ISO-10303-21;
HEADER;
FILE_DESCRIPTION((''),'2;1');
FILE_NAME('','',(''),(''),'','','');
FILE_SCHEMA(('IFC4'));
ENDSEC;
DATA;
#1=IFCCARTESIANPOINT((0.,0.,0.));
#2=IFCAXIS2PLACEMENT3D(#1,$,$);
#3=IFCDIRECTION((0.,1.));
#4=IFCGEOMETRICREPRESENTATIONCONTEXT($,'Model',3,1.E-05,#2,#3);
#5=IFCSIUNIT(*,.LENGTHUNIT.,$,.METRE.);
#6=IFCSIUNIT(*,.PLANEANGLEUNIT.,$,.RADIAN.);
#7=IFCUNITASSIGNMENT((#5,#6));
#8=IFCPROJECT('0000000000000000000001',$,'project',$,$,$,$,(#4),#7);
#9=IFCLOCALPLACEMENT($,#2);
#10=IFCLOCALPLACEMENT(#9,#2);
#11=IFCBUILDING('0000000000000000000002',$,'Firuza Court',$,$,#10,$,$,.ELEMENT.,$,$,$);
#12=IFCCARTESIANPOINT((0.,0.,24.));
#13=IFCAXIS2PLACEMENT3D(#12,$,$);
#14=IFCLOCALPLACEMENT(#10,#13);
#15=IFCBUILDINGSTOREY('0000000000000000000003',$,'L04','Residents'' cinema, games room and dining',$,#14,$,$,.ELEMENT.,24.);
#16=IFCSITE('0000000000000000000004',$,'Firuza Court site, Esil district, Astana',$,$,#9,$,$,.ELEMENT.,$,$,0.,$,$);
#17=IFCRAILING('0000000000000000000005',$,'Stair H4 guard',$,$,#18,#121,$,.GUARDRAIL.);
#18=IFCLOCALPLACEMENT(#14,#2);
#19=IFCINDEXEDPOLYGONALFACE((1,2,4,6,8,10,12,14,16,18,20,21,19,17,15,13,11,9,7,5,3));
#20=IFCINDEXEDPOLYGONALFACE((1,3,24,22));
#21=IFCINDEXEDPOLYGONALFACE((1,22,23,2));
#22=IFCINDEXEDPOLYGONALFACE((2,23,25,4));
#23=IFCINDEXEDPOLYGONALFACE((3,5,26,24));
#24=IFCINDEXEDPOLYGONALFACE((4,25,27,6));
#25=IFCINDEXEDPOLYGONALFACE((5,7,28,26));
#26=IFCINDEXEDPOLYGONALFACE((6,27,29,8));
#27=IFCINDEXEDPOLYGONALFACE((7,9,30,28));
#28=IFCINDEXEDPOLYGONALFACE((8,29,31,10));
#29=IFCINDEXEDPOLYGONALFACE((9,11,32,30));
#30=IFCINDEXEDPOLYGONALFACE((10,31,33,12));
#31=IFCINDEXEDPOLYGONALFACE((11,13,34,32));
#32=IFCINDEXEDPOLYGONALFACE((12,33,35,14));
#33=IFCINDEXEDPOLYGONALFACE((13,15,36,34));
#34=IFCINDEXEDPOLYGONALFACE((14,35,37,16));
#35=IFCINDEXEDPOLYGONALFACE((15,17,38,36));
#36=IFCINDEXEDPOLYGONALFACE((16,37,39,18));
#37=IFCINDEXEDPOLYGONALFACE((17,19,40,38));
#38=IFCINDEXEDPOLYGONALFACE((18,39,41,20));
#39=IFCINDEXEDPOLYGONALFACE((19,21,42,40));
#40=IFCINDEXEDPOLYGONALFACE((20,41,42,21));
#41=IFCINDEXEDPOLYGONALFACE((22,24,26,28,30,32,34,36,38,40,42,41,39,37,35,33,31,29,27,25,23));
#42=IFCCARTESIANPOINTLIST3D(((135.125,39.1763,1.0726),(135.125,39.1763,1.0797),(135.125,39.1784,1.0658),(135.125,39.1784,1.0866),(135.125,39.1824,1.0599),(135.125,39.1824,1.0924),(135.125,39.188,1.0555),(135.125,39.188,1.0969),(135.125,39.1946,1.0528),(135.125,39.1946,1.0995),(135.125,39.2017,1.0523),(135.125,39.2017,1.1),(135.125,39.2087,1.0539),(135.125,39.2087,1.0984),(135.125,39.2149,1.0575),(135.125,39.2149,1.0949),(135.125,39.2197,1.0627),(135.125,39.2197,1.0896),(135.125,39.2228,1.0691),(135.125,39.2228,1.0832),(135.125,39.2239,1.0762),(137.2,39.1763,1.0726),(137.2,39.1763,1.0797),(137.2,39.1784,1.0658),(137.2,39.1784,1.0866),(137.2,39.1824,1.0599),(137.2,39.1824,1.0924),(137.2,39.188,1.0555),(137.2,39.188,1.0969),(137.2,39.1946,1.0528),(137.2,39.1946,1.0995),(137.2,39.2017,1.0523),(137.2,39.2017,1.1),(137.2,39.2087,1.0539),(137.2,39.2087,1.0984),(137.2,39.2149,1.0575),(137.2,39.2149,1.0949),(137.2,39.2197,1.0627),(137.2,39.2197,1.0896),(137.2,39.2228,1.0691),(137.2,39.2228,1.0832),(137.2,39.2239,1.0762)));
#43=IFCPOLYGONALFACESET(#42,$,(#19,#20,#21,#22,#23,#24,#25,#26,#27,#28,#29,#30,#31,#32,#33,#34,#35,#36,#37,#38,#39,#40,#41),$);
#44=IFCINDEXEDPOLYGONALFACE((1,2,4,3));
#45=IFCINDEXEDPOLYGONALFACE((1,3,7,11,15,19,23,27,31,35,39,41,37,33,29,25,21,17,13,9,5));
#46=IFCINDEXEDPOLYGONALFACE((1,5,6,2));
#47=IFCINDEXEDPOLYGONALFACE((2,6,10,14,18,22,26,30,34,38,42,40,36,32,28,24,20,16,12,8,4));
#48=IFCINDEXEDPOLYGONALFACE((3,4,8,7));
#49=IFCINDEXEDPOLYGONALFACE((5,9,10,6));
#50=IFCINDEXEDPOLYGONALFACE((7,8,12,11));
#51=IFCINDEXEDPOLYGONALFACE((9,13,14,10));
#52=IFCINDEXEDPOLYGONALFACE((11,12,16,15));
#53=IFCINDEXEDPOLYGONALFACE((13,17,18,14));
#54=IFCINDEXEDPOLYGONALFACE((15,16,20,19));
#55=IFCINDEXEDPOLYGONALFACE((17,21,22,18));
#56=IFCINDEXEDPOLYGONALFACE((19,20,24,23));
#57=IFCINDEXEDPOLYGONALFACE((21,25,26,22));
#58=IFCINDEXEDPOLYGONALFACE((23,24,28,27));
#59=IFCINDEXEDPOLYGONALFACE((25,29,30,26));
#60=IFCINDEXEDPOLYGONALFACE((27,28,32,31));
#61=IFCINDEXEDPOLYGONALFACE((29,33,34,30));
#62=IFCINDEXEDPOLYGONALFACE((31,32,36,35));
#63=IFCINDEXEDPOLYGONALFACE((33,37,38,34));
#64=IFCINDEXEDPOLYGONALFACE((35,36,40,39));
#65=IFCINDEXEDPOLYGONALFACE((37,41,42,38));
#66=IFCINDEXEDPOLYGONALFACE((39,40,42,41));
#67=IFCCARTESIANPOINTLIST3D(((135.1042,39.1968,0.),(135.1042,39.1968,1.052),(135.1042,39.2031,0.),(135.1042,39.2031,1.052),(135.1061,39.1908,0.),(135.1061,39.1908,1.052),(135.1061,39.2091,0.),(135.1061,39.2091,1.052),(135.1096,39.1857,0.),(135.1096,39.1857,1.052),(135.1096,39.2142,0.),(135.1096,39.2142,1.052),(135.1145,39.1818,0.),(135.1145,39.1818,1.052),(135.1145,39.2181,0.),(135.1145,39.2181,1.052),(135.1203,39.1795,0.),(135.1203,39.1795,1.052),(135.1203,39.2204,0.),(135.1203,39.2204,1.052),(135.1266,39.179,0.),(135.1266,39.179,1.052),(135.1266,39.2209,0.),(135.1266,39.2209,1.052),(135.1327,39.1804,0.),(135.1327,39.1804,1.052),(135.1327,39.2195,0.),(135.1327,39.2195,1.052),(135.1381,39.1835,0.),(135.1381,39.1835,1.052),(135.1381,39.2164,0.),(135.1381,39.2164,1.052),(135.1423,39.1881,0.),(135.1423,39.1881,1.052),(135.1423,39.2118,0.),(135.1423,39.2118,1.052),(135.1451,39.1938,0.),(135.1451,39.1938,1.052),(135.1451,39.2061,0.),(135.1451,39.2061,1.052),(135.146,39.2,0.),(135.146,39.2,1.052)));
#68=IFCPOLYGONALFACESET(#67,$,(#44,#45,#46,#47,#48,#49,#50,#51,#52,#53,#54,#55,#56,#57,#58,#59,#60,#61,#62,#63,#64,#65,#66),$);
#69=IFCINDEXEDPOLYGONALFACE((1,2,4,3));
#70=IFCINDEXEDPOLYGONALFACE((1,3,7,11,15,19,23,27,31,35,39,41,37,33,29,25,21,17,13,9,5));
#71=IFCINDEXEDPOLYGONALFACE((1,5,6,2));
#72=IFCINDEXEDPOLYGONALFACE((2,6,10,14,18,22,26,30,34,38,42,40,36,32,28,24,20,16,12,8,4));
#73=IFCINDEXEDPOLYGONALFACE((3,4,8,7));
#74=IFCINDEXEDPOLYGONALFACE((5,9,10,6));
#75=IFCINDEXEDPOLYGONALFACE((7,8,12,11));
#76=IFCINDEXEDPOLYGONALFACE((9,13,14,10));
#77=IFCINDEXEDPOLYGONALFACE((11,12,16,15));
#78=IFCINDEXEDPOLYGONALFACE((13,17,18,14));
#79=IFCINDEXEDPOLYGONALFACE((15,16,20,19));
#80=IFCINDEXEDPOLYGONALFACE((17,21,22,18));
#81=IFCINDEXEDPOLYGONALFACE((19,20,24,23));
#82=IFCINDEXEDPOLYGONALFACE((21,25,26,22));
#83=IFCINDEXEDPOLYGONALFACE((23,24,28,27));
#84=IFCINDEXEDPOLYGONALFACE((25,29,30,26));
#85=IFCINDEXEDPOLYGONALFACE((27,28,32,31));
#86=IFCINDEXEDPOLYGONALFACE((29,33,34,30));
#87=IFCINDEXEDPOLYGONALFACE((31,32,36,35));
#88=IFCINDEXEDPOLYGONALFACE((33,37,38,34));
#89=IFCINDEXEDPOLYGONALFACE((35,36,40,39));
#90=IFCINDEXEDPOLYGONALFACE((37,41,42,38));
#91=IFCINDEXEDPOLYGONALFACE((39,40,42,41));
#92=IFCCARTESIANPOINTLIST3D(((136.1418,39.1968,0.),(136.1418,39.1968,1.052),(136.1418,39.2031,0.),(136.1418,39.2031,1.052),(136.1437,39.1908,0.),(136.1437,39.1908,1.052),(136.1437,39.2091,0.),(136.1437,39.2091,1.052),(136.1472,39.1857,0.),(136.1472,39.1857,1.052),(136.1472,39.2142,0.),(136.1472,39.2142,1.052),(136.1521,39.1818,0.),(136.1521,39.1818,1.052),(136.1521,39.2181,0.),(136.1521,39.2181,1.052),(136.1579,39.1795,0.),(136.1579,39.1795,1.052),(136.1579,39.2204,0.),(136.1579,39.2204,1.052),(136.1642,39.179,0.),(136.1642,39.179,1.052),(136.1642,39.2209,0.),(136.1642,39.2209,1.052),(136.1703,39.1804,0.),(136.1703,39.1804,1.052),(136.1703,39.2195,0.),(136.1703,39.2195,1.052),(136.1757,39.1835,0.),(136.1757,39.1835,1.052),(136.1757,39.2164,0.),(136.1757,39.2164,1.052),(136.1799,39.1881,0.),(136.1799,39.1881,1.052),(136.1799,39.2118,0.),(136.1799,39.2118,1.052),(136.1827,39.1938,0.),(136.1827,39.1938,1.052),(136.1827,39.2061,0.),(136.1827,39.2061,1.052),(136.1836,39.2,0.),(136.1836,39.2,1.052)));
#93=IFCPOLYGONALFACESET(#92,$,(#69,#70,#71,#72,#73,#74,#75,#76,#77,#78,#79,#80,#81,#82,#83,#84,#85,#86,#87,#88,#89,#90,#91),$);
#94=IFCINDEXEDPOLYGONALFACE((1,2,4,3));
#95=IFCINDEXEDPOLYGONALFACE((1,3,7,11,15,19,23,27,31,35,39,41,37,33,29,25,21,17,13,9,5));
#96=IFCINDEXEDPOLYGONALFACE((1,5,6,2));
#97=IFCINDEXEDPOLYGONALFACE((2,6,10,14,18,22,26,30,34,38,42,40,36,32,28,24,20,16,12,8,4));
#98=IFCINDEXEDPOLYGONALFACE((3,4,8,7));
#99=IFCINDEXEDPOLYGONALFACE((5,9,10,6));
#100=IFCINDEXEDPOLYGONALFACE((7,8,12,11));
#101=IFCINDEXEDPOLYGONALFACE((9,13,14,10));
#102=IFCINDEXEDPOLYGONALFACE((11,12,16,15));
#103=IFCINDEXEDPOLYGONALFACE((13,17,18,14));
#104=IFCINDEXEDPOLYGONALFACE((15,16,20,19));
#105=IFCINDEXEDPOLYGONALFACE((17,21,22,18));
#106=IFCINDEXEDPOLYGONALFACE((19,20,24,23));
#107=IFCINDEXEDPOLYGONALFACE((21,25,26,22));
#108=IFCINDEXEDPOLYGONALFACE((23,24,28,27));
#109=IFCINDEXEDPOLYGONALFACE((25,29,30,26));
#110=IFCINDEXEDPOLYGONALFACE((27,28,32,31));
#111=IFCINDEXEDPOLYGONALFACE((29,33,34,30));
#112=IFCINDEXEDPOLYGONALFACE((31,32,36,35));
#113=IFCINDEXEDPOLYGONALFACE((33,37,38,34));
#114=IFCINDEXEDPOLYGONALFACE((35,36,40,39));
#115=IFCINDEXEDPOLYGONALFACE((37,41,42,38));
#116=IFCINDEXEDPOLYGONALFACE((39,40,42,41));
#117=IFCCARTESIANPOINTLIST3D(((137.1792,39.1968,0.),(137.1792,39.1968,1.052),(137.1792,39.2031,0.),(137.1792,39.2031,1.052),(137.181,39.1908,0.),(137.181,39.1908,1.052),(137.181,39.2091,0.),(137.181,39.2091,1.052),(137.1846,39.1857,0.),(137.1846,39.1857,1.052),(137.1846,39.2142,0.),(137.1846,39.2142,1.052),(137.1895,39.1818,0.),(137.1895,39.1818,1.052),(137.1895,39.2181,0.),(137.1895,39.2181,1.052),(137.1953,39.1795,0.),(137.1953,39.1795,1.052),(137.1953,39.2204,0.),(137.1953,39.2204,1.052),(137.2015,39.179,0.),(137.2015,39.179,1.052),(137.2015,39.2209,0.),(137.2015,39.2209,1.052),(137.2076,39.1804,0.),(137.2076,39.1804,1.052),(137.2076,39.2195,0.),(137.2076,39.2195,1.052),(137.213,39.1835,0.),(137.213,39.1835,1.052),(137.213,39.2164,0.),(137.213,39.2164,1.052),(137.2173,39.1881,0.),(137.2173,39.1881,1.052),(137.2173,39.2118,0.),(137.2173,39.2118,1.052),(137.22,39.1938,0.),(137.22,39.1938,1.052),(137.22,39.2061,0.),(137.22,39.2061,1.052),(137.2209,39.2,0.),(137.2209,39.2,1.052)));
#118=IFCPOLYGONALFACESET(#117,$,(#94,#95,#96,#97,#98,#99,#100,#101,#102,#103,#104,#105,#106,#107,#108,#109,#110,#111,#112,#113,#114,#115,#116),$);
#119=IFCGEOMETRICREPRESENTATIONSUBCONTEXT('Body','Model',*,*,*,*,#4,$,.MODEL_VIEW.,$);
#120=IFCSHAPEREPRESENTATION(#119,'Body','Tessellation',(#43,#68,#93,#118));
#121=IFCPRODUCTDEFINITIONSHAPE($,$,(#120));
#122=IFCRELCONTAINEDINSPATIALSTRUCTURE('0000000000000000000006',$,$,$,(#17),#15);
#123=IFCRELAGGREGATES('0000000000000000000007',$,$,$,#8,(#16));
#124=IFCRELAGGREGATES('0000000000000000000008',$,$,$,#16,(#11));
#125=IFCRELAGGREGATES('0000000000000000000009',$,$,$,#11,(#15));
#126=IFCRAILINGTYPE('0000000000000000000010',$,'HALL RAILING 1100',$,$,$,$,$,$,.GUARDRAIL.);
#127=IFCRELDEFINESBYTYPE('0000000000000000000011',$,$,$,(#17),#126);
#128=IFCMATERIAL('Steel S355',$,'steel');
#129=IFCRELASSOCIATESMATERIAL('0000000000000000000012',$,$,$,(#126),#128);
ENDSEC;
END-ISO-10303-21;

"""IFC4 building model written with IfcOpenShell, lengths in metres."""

from ifc_helpers import new_model, si_unit, direction, frame, origin, origin_2d, place, context, subcontext, project, spatial, circle, extrude, material, type_object, element, save


model = new_model("IFC4")

# Units and contexts
model_context = context("Model", 3, precision=1e-05, world=origin(), true_north=direction((0.0, 1.0)))
body_context = subcontext(model_context, "Body", "Model", "MODEL_VIEW")
ifc_project = project(units=[si_unit("LENGTHUNIT", "METRE"), si_unit("PLANEANGLEUNIT", "RADIAN")], contexts=[model_context])

# Site, building, storey
site_placement = place(None, origin())
site = spatial("IfcSite", under=ifc_project, at=site_placement, Name="Firuza Court site, Esil district, Astana", CompositionType="ELEMENT", RefElevation=0.0)
building_placement = place(site_placement, origin())
building = spatial("IfcBuilding", under=site, at=building_placement, Name="Firuza Court", CompositionType="ELEMENT")
storey_placement = place(building_placement, frame((0.0, 0.0, 24.0)))
storey = spatial("IfcBuildingStorey", under=building, at=storey_placement, Name="L04", Description="Residents' cinema, games room and dining", CompositionType="ELEMENT", Elevation=24.0)

# Railing
ifc_material_1 = material(Name="Steel S355", Category="steel")
railing_type = type_object("IfcRailingType", Name="HALL RAILING 1100", PredefinedType="GUARDRAIL", material=ifc_material_1)
railing_1_placement = place(storey_placement, frame((135.125, 39.2, 0.0)))
element("IfcRailing", 1, at=railing_1_placement, inside=storey, type_object=railing_type, Name="Stair H4 guard", PredefinedType="GUARDRAIL", context=body_context, shape_type="SweptSolid", body=[
    extrude(circle(Radius=0.0239, at=origin_2d()), frame((0.0, 0.0, 1.0762), z_axis=(1.0, 0.0, 0.0), x_axis=(0.0, 1.0, 0.0)), (0.0, 0.0, 1.0), 2.075),
    extrude(circle(Radius=0.021, at=origin_2d()), origin(), (0.0, 0.0, 1.0), 1.052),
    extrude(circle(Radius=0.021, at=origin_2d()), frame((1.0376, 0.0, 0.0)), (0.0, 0.0, 1.0), 1.052),
    extrude(circle(Radius=0.021, at=origin_2d()), frame((2.075, 0.0, 0.0)), (0.0, 0.0, 1.0), 1.052),
])

save(model, "model.ifc")
